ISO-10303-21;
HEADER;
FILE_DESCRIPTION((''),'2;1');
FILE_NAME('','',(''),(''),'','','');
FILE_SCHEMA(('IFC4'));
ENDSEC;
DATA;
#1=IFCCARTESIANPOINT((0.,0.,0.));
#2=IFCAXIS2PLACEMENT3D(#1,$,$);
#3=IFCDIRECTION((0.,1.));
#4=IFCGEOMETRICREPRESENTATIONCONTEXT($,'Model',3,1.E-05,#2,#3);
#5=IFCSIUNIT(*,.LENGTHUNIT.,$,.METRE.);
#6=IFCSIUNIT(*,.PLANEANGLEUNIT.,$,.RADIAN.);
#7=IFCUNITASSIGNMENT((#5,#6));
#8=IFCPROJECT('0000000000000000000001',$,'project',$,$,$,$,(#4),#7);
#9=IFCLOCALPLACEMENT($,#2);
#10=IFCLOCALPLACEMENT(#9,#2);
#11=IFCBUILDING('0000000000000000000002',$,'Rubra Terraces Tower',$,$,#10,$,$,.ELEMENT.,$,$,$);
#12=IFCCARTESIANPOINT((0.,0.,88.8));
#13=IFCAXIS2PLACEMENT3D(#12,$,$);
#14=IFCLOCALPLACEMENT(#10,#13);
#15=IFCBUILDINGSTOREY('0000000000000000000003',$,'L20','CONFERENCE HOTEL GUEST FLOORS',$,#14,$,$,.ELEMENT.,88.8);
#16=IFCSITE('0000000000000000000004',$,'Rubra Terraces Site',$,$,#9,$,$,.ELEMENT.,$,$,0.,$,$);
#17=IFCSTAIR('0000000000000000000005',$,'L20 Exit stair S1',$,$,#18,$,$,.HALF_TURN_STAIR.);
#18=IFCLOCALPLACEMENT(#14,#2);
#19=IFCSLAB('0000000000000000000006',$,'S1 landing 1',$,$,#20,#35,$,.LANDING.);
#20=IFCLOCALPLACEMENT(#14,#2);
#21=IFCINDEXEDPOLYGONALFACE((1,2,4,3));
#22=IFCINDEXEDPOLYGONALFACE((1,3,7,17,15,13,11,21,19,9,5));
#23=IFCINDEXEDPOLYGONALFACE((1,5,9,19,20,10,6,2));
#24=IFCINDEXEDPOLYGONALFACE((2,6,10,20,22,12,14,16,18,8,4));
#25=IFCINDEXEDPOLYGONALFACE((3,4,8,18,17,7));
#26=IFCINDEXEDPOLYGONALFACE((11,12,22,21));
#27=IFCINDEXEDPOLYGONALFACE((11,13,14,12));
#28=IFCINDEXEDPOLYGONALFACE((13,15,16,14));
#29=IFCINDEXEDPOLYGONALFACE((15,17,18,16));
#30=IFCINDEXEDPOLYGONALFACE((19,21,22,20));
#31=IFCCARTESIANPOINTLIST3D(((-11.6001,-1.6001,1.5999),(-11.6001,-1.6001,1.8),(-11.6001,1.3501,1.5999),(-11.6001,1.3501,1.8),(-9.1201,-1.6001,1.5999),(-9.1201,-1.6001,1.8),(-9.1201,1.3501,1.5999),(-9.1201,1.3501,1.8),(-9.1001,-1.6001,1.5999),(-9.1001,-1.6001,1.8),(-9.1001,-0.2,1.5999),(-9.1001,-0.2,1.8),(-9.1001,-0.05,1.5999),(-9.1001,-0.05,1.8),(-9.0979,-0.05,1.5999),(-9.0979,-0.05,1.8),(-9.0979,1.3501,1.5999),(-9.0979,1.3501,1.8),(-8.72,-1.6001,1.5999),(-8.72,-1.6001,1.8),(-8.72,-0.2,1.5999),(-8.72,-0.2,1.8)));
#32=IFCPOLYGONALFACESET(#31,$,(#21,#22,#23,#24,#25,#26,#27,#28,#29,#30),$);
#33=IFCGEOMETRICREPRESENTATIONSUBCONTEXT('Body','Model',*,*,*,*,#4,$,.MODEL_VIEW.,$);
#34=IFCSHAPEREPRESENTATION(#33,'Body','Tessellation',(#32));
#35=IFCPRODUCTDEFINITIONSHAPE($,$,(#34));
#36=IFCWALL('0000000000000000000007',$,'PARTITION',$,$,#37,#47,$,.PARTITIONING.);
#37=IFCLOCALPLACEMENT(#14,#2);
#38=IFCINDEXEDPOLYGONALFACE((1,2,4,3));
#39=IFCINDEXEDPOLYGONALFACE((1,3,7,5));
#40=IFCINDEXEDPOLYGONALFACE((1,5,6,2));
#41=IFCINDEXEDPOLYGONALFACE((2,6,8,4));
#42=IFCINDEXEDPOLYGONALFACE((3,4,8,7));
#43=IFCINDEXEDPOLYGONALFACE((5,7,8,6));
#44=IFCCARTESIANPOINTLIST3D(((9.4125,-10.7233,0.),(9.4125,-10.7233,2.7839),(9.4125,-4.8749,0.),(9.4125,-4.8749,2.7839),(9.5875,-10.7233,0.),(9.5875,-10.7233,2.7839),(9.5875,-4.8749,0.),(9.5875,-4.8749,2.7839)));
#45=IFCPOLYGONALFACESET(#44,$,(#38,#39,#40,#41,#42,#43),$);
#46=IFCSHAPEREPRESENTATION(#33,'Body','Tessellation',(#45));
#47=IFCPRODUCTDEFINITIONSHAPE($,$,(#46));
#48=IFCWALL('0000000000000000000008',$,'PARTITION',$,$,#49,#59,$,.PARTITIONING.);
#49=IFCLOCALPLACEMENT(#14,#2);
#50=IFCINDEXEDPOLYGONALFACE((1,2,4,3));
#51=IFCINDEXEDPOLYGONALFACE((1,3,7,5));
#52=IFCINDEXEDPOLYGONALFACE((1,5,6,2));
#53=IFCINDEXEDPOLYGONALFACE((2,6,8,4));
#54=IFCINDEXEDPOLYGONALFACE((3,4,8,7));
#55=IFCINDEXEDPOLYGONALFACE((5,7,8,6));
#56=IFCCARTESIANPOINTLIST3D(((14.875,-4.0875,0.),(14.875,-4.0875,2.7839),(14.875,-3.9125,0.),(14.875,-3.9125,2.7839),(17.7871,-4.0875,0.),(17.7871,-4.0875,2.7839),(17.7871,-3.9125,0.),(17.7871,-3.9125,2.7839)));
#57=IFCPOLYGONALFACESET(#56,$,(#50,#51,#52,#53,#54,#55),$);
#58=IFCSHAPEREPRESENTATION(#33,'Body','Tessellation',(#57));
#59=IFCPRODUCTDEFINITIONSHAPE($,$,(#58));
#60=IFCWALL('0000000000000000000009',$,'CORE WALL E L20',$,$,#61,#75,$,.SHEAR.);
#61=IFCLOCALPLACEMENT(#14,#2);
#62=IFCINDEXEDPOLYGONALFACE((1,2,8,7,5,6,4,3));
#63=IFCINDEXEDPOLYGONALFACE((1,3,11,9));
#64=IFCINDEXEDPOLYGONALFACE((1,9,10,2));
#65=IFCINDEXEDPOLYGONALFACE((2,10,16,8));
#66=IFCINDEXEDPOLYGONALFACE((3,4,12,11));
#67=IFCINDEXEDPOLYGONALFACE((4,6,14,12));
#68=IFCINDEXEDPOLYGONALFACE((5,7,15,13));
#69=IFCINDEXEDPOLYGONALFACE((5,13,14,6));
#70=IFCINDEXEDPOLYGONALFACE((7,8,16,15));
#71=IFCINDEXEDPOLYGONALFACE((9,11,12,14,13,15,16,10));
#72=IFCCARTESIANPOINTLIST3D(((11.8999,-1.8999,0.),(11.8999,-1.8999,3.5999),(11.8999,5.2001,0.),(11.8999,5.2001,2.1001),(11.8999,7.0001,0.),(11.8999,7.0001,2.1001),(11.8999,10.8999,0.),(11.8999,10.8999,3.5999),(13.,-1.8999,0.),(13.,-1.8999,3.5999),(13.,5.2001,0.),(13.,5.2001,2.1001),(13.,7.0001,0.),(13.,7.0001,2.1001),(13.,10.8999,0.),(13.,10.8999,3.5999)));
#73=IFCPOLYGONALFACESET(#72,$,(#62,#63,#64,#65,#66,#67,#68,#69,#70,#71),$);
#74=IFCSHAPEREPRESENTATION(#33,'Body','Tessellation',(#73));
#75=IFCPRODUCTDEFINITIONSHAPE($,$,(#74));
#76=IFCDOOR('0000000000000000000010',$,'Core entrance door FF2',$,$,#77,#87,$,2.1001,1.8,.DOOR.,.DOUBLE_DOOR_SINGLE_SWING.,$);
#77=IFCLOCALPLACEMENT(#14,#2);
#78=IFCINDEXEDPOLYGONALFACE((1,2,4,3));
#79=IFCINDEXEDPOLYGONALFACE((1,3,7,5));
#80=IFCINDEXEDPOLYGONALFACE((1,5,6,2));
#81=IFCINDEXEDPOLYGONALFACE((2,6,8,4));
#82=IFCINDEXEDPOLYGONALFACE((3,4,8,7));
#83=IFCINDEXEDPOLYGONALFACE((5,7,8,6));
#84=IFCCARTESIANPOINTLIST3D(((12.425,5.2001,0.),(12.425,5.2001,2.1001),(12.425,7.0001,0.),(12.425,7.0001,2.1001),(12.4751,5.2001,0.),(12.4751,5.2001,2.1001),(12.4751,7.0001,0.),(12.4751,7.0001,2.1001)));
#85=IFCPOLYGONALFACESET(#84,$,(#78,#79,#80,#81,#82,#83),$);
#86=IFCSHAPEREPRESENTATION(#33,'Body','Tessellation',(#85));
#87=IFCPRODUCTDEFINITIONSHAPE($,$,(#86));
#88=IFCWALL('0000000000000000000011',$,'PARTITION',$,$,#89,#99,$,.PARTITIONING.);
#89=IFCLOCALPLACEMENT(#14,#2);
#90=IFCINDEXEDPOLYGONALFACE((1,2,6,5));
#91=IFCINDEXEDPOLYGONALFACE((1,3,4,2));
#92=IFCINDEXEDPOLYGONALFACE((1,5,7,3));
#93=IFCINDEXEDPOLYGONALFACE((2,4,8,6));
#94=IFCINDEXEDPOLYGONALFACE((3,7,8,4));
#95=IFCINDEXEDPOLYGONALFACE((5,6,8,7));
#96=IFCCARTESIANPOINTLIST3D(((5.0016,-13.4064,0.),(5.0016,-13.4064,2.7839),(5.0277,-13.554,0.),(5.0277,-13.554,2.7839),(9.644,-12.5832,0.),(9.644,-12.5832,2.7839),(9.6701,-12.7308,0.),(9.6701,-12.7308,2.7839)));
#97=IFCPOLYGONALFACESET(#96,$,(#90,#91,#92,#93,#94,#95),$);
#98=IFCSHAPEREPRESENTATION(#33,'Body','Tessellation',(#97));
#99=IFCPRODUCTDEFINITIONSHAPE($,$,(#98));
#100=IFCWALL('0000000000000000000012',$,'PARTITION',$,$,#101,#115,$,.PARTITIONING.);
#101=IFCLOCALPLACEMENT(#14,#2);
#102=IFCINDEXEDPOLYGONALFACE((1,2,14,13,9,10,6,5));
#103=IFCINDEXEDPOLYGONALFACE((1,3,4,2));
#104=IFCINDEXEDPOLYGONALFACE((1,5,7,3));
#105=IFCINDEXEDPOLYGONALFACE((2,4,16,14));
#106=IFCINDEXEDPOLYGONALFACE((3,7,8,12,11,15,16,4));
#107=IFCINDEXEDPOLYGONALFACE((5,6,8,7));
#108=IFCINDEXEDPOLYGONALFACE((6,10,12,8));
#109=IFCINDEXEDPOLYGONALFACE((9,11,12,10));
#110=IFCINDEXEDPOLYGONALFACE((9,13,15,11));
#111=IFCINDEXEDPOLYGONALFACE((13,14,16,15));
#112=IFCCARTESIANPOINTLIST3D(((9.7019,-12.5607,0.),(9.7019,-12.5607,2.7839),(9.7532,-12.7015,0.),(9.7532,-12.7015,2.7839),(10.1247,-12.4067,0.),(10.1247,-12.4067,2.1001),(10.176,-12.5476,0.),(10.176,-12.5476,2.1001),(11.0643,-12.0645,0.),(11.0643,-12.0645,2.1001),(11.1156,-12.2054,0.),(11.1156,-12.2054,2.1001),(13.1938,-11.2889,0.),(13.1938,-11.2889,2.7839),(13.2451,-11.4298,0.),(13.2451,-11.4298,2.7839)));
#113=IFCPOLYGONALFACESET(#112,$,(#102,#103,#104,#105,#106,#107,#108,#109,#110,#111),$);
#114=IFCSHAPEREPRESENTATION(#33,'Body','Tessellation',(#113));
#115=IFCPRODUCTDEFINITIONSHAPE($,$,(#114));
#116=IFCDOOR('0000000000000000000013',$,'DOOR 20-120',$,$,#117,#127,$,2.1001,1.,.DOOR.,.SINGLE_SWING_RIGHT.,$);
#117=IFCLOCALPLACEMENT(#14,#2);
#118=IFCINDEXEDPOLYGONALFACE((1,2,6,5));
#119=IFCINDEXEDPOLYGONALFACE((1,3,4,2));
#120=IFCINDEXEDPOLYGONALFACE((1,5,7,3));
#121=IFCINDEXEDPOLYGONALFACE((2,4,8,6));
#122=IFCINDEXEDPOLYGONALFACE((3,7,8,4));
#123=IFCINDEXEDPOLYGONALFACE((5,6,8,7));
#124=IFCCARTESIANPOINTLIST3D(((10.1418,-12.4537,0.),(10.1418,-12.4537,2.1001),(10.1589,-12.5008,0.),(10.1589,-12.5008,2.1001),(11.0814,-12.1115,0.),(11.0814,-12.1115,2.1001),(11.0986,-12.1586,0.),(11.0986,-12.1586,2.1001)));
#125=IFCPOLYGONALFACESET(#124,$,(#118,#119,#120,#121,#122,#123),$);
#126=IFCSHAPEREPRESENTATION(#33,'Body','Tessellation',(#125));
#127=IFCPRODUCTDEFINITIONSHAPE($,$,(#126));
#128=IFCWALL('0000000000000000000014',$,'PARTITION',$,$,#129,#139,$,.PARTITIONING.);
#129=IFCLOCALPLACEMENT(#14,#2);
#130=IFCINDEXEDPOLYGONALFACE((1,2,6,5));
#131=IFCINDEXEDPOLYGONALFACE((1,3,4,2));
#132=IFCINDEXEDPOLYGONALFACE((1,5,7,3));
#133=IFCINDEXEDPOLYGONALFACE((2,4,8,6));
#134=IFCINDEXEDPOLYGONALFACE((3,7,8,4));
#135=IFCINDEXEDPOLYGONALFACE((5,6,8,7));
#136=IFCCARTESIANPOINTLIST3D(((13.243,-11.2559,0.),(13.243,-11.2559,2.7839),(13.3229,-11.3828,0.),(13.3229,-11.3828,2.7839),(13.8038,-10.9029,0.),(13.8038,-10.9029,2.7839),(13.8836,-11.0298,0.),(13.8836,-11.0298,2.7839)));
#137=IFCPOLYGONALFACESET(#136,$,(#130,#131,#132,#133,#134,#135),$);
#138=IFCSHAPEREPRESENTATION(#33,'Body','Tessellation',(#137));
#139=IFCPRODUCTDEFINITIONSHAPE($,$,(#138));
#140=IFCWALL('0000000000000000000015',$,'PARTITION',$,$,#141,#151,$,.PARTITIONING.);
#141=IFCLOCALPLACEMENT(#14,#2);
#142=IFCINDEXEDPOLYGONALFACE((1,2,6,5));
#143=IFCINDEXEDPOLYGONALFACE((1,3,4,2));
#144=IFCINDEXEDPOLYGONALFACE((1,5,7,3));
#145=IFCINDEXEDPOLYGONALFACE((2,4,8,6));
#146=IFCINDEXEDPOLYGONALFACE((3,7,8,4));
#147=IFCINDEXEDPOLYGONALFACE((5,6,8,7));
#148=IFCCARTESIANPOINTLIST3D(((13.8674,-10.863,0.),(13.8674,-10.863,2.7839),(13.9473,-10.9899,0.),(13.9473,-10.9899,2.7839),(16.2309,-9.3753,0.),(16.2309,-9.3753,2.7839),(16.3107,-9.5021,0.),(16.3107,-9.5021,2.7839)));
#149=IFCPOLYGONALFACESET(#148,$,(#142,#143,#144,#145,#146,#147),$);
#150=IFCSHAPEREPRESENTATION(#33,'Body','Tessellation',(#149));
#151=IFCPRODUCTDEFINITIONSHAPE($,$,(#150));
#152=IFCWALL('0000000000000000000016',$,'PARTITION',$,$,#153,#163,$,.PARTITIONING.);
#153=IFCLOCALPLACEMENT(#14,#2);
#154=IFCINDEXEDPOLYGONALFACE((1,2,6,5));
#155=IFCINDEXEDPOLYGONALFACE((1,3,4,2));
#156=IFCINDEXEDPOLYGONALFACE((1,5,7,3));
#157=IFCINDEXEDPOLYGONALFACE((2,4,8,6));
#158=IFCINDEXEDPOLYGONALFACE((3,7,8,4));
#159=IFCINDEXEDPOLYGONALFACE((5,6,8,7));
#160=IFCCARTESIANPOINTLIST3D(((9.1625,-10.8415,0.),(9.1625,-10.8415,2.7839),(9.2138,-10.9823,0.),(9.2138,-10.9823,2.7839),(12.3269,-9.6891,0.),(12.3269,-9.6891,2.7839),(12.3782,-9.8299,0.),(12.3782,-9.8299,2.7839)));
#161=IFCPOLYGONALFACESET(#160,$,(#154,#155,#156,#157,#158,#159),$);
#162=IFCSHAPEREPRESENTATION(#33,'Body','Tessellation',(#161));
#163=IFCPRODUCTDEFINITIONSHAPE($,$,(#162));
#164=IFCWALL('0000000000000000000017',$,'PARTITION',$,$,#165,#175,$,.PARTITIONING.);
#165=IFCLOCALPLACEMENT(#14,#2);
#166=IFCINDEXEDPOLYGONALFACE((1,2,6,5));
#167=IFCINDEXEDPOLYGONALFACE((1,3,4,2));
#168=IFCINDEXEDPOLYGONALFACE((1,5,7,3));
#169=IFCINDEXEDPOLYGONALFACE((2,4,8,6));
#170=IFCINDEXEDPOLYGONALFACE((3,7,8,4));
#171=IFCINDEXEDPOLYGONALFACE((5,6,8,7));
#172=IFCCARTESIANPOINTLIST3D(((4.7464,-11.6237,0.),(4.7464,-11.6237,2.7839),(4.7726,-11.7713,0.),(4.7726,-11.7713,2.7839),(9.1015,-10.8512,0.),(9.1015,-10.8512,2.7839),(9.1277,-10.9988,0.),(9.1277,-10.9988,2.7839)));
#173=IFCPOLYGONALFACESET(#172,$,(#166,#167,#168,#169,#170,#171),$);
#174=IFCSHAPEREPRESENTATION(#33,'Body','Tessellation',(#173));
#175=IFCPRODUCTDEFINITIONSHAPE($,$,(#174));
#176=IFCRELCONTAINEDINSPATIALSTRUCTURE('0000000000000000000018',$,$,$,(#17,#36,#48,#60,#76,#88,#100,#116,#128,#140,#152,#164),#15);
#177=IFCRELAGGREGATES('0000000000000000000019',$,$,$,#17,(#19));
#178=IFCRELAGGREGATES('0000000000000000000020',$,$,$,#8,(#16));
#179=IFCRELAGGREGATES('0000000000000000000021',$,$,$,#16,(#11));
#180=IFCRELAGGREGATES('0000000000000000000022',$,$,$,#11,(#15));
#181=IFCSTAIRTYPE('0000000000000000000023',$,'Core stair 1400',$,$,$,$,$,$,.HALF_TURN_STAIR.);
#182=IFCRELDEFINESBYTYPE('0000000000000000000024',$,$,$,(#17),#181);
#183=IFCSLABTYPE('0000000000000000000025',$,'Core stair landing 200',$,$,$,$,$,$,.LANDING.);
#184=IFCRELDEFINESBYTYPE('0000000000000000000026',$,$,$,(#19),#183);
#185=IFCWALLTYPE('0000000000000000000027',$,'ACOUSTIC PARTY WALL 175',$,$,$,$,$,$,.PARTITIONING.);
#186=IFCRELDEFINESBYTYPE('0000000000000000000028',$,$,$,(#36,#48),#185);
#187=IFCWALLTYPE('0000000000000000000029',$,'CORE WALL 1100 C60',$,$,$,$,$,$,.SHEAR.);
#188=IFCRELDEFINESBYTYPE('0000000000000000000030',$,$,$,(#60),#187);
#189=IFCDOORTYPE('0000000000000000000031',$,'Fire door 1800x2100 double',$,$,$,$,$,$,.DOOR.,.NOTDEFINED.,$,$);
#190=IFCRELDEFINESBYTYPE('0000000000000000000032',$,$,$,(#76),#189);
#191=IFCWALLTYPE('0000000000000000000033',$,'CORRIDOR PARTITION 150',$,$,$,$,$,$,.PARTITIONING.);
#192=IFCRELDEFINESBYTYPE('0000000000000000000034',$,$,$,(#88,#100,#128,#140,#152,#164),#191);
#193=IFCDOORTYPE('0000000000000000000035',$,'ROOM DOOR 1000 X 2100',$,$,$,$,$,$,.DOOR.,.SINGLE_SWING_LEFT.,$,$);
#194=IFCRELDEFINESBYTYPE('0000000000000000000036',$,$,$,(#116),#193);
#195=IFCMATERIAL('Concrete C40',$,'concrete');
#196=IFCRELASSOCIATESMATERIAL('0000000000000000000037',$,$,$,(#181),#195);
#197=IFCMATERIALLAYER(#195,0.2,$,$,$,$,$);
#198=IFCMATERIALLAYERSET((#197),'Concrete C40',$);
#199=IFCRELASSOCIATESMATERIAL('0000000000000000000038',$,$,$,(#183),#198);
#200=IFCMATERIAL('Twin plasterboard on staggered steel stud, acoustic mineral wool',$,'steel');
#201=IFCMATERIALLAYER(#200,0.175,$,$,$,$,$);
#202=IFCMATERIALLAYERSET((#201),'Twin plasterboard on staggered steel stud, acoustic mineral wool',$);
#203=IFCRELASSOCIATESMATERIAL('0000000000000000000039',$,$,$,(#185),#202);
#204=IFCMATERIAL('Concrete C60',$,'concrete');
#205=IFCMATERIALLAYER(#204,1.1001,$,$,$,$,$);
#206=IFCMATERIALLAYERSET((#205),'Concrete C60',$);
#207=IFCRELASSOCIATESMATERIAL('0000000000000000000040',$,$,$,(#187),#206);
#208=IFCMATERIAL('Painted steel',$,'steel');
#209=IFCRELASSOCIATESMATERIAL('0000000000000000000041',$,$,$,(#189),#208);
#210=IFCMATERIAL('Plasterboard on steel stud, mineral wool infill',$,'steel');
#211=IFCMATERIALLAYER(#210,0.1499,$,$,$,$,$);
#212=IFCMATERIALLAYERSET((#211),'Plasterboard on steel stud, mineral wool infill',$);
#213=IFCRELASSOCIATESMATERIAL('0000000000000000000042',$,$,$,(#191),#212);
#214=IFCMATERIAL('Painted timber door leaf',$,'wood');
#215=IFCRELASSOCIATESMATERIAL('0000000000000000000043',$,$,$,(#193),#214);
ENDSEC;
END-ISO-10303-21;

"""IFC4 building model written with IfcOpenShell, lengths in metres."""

from ifc_helpers import new_model, si_unit, direction, frame, frame_2d, origin, place, context, subcontext, project, spatial, polyline, rectangle, outline, extrude, material, layer, layer_set, type_object, element, fill, aggregate, save


model = new_model("IFC4")

# Units and contexts
model_context = context("Model", 3, precision=1e-05, world=origin(), true_north=direction((0.0, 1.0)))
body_context = subcontext(model_context, "Body", "Model", "MODEL_VIEW")
ifc_project = project(units=[si_unit("LENGTHUNIT", "METRE"), si_unit("PLANEANGLEUNIT", "RADIAN")], contexts=[model_context])

# Site, building, storey
site_placement = place(None, origin())
site = spatial("IfcSite", under=ifc_project, at=site_placement, Name="Rubra Terraces Site", CompositionType="ELEMENT", RefElevation=0.0)
building_placement = place(site_placement, origin())
building = spatial("IfcBuilding", under=site, at=building_placement, Name="Rubra Terraces Tower", CompositionType="ELEMENT")
storey_placement = place(building_placement, frame((0.0, 0.0, 88.8)))
storey = spatial("IfcBuildingStorey", under=building, at=storey_placement, Name="L20", Description="CONFERENCE HOTEL GUEST FLOORS", CompositionType="ELEMENT", Elevation=88.8)

# Stair, slab
ifc_material_1 = material(Name="Concrete C40", Category="concrete")
stair_type = type_object("IfcStairType", Name="Core stair 1400", PredefinedType="HALF_TURN_STAIR", material=ifc_material_1)
stair_1_placement = place(storey_placement, origin())
stair_1 = element("IfcStair", 1, at=stair_1_placement, inside=storey, type_object=stair_type, Name="L20 Exit stair S1", PredefinedType="HALF_TURN_STAIR")
ifc_layer_1 = layer(ifc_material_1, 0.2)
ifc_layer_set_1 = layer_set([ifc_layer_1], Name="Concrete C40")
slab_type = type_object("IfcSlabType", Name="Core stair landing 200", PredefinedType="LANDING", material=ifc_layer_set_1)
slab_placement = place(storey_placement, frame((0.0, 0.0, 1.5999)))
slab = element("IfcSlab", 2, at=slab_placement, type_object=slab_type, Name="S1 landing 1", PredefinedType="LANDING", context=body_context, shape_type="SweptSolid", body=[
    extrude(outline(polyline([(-8.72, -0.2), (-8.72, -1.6001), (-9.1001, -1.6001), (-9.1201, -1.6001), (-11.6001, -1.6001), (-11.6001, 1.3501), (-9.1201, 1.3501), (-9.0979, 1.3501), (-9.0979, -0.05), (-9.1001, -0.05), (-9.1001, -0.2), (-8.72, -0.2)])), origin(), (0.0, 0.0, 1.0), 0.2002),
])
aggregate(stair_1, [slab])

# Walls
ifc_material_2 = material(Name="Twin plasterboard on staggered steel stud, acoustic mineral wool", Category="steel")
ifc_layer_2 = layer(ifc_material_2, 0.175)
ifc_layer_set_2 = layer_set([ifc_layer_2], Name="Twin plasterboard on staggered steel stud, acoustic mineral wool")
wall_type_1 = type_object("IfcWallType", Name="ACOUSTIC PARTY WALL 175", PredefinedType="PARTITIONING", material=ifc_layer_set_2)
wall_1_placement = place(storey_placement, frame((9.5, -10.7234, 0.0), z_axis=(0.0, 0.0, 1.0), x_axis=(0.0, 1.0, 0.0)))
element("IfcWall", 3, at=wall_1_placement, inside=storey, type_object=wall_type_1, Name="PARTITION", PredefinedType="PARTITIONING", context=body_context, shape_type="SweptSolid", body=[
    extrude(rectangle(XDim=5.8484, YDim=0.175, at=frame_2d((2.9243, 0.0))), origin(), (0.0, 0.0, 1.0), 2.7839),
])
wall_2_placement = place(storey_placement, frame((14.875, -4.0, 0.0), z_axis=(0.0, 0.0, 1.0), x_axis=(1.0, 0.0, 0.0)))
element("IfcWall", 4, at=wall_2_placement, inside=storey, type_object=wall_type_1, Name="PARTITION", PredefinedType="PARTITIONING", context=body_context, shape_type="SweptSolid", body=[
    extrude(rectangle(XDim=2.9121, YDim=0.175, at=frame_2d((1.4561, 0.0))), origin(), (0.0, 0.0, 1.0), 2.7839),
])

# Wall, opening, door
ifc_material_3 = material(Name="Concrete C60", Category="concrete")
ifc_layer_3 = layer(ifc_material_3, 1.1001)
ifc_layer_set_3 = layer_set([ifc_layer_3], Name="Concrete C60")
wall_type_2 = type_object("IfcWallType", Name="CORE WALL 1100 C60", PredefinedType="SHEAR", material=ifc_layer_set_3)
wall_3_placement = place(storey_placement, frame((12.45, -1.8999, 0.0), z_axis=(0.0, 0.0, 1.0), x_axis=(0.0, 1.0, 0.0)))
wall_3 = element("IfcWall", 5, at=wall_3_placement, inside=storey, type_object=wall_type_2, Name="CORE WALL E L20", PredefinedType="SHEAR", context=body_context, shape_type="SweptSolid", body=[
    extrude(rectangle(XDim=12.7998, YDim=1.1001, at=frame_2d((6.3999, 0.0))), origin(), (0.0, 0.0, 1.0), 3.5999),
])
opening_1_placement = place(wall_3_placement, frame((7.1001, 0.0, 0.0)))
opening_1 = element("IfcOpeningElement", 6, at=opening_1_placement, cuts=wall_3, PredefinedType="OPENING", context=body_context, shape_type="SweptSolid", body=[
    extrude(rectangle(XDim=1.8, YDim=2.1001, at=frame_2d((0.8999, 1.05))), frame((0.0, 0.5601, 0.0), z_axis=(0.0, -1.0, 0.0), x_axis=(1.0, 0.0, 0.0)), (0.0, 0.0, 1.0), 1.1201),
])
ifc_material_4 = material(Name="Painted steel", Category="steel")
door_type_1 = type_object("IfcDoorType", Name="Fire door 1800x2100 double", OperationType="NOTDEFINED", PredefinedType="DOOR", material=ifc_material_4)
door_1_placement = place(opening_1_placement, origin())
door_1 = element("IfcDoor", 7, at=door_1_placement, inside=storey, type_object=door_type_1, Name="Core entrance door FF2", OperationType="DOUBLE_DOOR_SINGLE_SWING", OverallHeight=2.1001, OverallWidth=1.8, PredefinedType="DOOR", context=body_context, shape_type="SweptSolid", body=[
    extrude(rectangle(XDim=1.8, YDim=2.1001, at=frame_2d((0.8999, 1.05))), frame((0.0, 0.0249, 0.0), z_axis=(0.0, -1.0, 0.0), x_axis=(1.0, 0.0, 0.0)), (0.0, 0.0, 1.0), 0.05),
])
fill(opening_1, door_1)

# Wall
ifc_material_5 = material(Name="Plasterboard on steel stud, mineral wool infill", Category="steel")
ifc_layer_4 = layer(ifc_material_5, 0.1499)
ifc_layer_set_4 = layer_set([ifc_layer_4], Name="Plasterboard on steel stud, mineral wool infill")
wall_type_3 = type_object("IfcWallType", Name="CORRIDOR PARTITION 150", PredefinedType="PARTITIONING", material=ifc_layer_set_4)
wall_4_placement = place(storey_placement, frame((5.0146, -13.4802, 0.0), z_axis=(0.0, 0.0, 1.0), x_axis=(0.984638, 0.174609, 0.0)))
element("IfcWall", 8, at=wall_4_placement, inside=storey, type_object=wall_type_3, Name="PARTITION", PredefinedType="PARTITIONING", context=body_context, shape_type="SweptSolid", body=[
    extrude(rectangle(XDim=4.7148, YDim=0.1499, at=frame_2d((2.3574, 0.0))), origin(), (0.0, 0.0, 1.0), 2.7839),
])

# Wall, opening, door
wall_5_placement = place(storey_placement, frame((9.7275, -12.6311, 0.0), z_axis=(0.0, 0.0, 1.0), x_axis=(0.939626, 0.342202, 0.0)))
wall_5 = element("IfcWall", 9, at=wall_5_placement, inside=storey, type_object=wall_type_3, Name="PARTITION", PredefinedType="PARTITIONING", context=body_context, shape_type="SweptSolid", body=[
    extrude(rectangle(XDim=3.7163, YDim=0.1499, at=frame_2d((1.8582, 0.0))), origin(), (0.0, 0.0, 1.0), 2.7839),
])
opening_2_placement = place(wall_5_placement, frame((0.45, 0.0, 0.0)))
opening_2 = element("IfcOpeningElement", 10, at=opening_2_placement, cuts=wall_5, PredefinedType="OPENING", context=body_context, shape_type="SweptSolid", body=[
    extrude(rectangle(XDim=1.0, YDim=2.1001, at=frame_2d((0.5, 1.05))), frame((0.0, 0.085, 0.0), z_axis=(0.0, -1.0, 0.0), x_axis=(1.0, 0.0, 0.0)), (0.0, 0.0, 1.0), 0.1699),
])
ifc_material_6 = material(Name="Painted timber door leaf", Category="wood")
door_type_2 = type_object("IfcDoorType", Name="ROOM DOOR 1000 X 2100", OperationType="SINGLE_SWING_LEFT", PredefinedType="DOOR", material=ifc_material_6)
door_2_placement = place(opening_2_placement, origin())
door_2 = element("IfcDoor", 11, at=door_2_placement, inside=storey, type_object=door_type_2, Name="DOOR 20-120", OperationType="SINGLE_SWING_RIGHT", OverallHeight=2.1001, OverallWidth=1.0, PredefinedType="DOOR", context=body_context, shape_type="SweptSolid", body=[
    extrude(rectangle(XDim=1.0, YDim=2.1001, at=frame_2d((0.5, 1.05))), frame((0.0, 0.0249, 0.0), z_axis=(0.0, -1.0, 0.0), x_axis=(1.0, 0.0, 0.0)), (0.0, 0.0, 1.0), 0.05),
])
fill(opening_2, door_2)

# Walls
wall_6_placement = place(storey_placement, frame((13.283, -11.3193, 0.0), z_axis=(0.0, 0.0, 1.0), x_axis=(0.846276, 0.532745, 0.0)))
element("IfcWall", 12, at=wall_6_placement, inside=storey, type_object=wall_type_3, Name="PARTITION", PredefinedType="PARTITIONING", context=body_context, shape_type="SweptSolid", body=[
    extrude(rectangle(XDim=0.6626, YDim=0.1499, at=frame_2d((0.3313, 0.0))), origin(), (0.0, 0.0, 1.0), 2.7839),
])
wall_7_placement = place(storey_placement, frame((13.9072, -10.9265, 0.0), z_axis=(0.0, 0.0, 1.0), x_axis=(0.84629, 0.532723, 0.0)))
element("IfcWall", 13, at=wall_7_placement, inside=storey, type_object=wall_type_3, Name="PARTITION", PredefinedType="PARTITIONING", context=body_context, shape_type="SweptSolid", body=[
    extrude(rectangle(XDim=2.7927, YDim=0.1499, at=frame_2d((1.3965, 0.0))), origin(), (0.0, 0.0, 1.0), 2.7839),
])
wall_8_placement = place(storey_placement, frame((12.3525, -9.7595, 0.0), z_axis=(0.0, 0.0, 1.0), x_axis=(-0.939632, -0.342185, 0.0)))
element("IfcWall", 14, at=wall_8_placement, inside=storey, type_object=wall_type_3, Name="PARTITION", PredefinedType="PARTITIONING", context=body_context, shape_type="SweptSolid", body=[
    extrude(rectangle(XDim=3.3677, YDim=0.1499, at=frame_2d((1.6838, 0.0))), origin(), (0.0, 0.0, 1.0), 2.7839),
])
wall_9_placement = place(storey_placement, frame((9.1145, -10.925, 0.0), z_axis=(0.0, 0.0, 1.0), x_axis=(-0.984633, -0.174639, 0.0)))
element("IfcWall", 15, at=wall_9_placement, inside=storey, type_object=wall_type_3, Name="PARTITION", PredefinedType="PARTITIONING", context=body_context, shape_type="SweptSolid", body=[
    extrude(rectangle(XDim=4.4231, YDim=0.1499, at=frame_2d((2.2114, 0.0))), origin(), (0.0, 0.0, 1.0), 2.7839),
])

save(model, "model.ifc")
